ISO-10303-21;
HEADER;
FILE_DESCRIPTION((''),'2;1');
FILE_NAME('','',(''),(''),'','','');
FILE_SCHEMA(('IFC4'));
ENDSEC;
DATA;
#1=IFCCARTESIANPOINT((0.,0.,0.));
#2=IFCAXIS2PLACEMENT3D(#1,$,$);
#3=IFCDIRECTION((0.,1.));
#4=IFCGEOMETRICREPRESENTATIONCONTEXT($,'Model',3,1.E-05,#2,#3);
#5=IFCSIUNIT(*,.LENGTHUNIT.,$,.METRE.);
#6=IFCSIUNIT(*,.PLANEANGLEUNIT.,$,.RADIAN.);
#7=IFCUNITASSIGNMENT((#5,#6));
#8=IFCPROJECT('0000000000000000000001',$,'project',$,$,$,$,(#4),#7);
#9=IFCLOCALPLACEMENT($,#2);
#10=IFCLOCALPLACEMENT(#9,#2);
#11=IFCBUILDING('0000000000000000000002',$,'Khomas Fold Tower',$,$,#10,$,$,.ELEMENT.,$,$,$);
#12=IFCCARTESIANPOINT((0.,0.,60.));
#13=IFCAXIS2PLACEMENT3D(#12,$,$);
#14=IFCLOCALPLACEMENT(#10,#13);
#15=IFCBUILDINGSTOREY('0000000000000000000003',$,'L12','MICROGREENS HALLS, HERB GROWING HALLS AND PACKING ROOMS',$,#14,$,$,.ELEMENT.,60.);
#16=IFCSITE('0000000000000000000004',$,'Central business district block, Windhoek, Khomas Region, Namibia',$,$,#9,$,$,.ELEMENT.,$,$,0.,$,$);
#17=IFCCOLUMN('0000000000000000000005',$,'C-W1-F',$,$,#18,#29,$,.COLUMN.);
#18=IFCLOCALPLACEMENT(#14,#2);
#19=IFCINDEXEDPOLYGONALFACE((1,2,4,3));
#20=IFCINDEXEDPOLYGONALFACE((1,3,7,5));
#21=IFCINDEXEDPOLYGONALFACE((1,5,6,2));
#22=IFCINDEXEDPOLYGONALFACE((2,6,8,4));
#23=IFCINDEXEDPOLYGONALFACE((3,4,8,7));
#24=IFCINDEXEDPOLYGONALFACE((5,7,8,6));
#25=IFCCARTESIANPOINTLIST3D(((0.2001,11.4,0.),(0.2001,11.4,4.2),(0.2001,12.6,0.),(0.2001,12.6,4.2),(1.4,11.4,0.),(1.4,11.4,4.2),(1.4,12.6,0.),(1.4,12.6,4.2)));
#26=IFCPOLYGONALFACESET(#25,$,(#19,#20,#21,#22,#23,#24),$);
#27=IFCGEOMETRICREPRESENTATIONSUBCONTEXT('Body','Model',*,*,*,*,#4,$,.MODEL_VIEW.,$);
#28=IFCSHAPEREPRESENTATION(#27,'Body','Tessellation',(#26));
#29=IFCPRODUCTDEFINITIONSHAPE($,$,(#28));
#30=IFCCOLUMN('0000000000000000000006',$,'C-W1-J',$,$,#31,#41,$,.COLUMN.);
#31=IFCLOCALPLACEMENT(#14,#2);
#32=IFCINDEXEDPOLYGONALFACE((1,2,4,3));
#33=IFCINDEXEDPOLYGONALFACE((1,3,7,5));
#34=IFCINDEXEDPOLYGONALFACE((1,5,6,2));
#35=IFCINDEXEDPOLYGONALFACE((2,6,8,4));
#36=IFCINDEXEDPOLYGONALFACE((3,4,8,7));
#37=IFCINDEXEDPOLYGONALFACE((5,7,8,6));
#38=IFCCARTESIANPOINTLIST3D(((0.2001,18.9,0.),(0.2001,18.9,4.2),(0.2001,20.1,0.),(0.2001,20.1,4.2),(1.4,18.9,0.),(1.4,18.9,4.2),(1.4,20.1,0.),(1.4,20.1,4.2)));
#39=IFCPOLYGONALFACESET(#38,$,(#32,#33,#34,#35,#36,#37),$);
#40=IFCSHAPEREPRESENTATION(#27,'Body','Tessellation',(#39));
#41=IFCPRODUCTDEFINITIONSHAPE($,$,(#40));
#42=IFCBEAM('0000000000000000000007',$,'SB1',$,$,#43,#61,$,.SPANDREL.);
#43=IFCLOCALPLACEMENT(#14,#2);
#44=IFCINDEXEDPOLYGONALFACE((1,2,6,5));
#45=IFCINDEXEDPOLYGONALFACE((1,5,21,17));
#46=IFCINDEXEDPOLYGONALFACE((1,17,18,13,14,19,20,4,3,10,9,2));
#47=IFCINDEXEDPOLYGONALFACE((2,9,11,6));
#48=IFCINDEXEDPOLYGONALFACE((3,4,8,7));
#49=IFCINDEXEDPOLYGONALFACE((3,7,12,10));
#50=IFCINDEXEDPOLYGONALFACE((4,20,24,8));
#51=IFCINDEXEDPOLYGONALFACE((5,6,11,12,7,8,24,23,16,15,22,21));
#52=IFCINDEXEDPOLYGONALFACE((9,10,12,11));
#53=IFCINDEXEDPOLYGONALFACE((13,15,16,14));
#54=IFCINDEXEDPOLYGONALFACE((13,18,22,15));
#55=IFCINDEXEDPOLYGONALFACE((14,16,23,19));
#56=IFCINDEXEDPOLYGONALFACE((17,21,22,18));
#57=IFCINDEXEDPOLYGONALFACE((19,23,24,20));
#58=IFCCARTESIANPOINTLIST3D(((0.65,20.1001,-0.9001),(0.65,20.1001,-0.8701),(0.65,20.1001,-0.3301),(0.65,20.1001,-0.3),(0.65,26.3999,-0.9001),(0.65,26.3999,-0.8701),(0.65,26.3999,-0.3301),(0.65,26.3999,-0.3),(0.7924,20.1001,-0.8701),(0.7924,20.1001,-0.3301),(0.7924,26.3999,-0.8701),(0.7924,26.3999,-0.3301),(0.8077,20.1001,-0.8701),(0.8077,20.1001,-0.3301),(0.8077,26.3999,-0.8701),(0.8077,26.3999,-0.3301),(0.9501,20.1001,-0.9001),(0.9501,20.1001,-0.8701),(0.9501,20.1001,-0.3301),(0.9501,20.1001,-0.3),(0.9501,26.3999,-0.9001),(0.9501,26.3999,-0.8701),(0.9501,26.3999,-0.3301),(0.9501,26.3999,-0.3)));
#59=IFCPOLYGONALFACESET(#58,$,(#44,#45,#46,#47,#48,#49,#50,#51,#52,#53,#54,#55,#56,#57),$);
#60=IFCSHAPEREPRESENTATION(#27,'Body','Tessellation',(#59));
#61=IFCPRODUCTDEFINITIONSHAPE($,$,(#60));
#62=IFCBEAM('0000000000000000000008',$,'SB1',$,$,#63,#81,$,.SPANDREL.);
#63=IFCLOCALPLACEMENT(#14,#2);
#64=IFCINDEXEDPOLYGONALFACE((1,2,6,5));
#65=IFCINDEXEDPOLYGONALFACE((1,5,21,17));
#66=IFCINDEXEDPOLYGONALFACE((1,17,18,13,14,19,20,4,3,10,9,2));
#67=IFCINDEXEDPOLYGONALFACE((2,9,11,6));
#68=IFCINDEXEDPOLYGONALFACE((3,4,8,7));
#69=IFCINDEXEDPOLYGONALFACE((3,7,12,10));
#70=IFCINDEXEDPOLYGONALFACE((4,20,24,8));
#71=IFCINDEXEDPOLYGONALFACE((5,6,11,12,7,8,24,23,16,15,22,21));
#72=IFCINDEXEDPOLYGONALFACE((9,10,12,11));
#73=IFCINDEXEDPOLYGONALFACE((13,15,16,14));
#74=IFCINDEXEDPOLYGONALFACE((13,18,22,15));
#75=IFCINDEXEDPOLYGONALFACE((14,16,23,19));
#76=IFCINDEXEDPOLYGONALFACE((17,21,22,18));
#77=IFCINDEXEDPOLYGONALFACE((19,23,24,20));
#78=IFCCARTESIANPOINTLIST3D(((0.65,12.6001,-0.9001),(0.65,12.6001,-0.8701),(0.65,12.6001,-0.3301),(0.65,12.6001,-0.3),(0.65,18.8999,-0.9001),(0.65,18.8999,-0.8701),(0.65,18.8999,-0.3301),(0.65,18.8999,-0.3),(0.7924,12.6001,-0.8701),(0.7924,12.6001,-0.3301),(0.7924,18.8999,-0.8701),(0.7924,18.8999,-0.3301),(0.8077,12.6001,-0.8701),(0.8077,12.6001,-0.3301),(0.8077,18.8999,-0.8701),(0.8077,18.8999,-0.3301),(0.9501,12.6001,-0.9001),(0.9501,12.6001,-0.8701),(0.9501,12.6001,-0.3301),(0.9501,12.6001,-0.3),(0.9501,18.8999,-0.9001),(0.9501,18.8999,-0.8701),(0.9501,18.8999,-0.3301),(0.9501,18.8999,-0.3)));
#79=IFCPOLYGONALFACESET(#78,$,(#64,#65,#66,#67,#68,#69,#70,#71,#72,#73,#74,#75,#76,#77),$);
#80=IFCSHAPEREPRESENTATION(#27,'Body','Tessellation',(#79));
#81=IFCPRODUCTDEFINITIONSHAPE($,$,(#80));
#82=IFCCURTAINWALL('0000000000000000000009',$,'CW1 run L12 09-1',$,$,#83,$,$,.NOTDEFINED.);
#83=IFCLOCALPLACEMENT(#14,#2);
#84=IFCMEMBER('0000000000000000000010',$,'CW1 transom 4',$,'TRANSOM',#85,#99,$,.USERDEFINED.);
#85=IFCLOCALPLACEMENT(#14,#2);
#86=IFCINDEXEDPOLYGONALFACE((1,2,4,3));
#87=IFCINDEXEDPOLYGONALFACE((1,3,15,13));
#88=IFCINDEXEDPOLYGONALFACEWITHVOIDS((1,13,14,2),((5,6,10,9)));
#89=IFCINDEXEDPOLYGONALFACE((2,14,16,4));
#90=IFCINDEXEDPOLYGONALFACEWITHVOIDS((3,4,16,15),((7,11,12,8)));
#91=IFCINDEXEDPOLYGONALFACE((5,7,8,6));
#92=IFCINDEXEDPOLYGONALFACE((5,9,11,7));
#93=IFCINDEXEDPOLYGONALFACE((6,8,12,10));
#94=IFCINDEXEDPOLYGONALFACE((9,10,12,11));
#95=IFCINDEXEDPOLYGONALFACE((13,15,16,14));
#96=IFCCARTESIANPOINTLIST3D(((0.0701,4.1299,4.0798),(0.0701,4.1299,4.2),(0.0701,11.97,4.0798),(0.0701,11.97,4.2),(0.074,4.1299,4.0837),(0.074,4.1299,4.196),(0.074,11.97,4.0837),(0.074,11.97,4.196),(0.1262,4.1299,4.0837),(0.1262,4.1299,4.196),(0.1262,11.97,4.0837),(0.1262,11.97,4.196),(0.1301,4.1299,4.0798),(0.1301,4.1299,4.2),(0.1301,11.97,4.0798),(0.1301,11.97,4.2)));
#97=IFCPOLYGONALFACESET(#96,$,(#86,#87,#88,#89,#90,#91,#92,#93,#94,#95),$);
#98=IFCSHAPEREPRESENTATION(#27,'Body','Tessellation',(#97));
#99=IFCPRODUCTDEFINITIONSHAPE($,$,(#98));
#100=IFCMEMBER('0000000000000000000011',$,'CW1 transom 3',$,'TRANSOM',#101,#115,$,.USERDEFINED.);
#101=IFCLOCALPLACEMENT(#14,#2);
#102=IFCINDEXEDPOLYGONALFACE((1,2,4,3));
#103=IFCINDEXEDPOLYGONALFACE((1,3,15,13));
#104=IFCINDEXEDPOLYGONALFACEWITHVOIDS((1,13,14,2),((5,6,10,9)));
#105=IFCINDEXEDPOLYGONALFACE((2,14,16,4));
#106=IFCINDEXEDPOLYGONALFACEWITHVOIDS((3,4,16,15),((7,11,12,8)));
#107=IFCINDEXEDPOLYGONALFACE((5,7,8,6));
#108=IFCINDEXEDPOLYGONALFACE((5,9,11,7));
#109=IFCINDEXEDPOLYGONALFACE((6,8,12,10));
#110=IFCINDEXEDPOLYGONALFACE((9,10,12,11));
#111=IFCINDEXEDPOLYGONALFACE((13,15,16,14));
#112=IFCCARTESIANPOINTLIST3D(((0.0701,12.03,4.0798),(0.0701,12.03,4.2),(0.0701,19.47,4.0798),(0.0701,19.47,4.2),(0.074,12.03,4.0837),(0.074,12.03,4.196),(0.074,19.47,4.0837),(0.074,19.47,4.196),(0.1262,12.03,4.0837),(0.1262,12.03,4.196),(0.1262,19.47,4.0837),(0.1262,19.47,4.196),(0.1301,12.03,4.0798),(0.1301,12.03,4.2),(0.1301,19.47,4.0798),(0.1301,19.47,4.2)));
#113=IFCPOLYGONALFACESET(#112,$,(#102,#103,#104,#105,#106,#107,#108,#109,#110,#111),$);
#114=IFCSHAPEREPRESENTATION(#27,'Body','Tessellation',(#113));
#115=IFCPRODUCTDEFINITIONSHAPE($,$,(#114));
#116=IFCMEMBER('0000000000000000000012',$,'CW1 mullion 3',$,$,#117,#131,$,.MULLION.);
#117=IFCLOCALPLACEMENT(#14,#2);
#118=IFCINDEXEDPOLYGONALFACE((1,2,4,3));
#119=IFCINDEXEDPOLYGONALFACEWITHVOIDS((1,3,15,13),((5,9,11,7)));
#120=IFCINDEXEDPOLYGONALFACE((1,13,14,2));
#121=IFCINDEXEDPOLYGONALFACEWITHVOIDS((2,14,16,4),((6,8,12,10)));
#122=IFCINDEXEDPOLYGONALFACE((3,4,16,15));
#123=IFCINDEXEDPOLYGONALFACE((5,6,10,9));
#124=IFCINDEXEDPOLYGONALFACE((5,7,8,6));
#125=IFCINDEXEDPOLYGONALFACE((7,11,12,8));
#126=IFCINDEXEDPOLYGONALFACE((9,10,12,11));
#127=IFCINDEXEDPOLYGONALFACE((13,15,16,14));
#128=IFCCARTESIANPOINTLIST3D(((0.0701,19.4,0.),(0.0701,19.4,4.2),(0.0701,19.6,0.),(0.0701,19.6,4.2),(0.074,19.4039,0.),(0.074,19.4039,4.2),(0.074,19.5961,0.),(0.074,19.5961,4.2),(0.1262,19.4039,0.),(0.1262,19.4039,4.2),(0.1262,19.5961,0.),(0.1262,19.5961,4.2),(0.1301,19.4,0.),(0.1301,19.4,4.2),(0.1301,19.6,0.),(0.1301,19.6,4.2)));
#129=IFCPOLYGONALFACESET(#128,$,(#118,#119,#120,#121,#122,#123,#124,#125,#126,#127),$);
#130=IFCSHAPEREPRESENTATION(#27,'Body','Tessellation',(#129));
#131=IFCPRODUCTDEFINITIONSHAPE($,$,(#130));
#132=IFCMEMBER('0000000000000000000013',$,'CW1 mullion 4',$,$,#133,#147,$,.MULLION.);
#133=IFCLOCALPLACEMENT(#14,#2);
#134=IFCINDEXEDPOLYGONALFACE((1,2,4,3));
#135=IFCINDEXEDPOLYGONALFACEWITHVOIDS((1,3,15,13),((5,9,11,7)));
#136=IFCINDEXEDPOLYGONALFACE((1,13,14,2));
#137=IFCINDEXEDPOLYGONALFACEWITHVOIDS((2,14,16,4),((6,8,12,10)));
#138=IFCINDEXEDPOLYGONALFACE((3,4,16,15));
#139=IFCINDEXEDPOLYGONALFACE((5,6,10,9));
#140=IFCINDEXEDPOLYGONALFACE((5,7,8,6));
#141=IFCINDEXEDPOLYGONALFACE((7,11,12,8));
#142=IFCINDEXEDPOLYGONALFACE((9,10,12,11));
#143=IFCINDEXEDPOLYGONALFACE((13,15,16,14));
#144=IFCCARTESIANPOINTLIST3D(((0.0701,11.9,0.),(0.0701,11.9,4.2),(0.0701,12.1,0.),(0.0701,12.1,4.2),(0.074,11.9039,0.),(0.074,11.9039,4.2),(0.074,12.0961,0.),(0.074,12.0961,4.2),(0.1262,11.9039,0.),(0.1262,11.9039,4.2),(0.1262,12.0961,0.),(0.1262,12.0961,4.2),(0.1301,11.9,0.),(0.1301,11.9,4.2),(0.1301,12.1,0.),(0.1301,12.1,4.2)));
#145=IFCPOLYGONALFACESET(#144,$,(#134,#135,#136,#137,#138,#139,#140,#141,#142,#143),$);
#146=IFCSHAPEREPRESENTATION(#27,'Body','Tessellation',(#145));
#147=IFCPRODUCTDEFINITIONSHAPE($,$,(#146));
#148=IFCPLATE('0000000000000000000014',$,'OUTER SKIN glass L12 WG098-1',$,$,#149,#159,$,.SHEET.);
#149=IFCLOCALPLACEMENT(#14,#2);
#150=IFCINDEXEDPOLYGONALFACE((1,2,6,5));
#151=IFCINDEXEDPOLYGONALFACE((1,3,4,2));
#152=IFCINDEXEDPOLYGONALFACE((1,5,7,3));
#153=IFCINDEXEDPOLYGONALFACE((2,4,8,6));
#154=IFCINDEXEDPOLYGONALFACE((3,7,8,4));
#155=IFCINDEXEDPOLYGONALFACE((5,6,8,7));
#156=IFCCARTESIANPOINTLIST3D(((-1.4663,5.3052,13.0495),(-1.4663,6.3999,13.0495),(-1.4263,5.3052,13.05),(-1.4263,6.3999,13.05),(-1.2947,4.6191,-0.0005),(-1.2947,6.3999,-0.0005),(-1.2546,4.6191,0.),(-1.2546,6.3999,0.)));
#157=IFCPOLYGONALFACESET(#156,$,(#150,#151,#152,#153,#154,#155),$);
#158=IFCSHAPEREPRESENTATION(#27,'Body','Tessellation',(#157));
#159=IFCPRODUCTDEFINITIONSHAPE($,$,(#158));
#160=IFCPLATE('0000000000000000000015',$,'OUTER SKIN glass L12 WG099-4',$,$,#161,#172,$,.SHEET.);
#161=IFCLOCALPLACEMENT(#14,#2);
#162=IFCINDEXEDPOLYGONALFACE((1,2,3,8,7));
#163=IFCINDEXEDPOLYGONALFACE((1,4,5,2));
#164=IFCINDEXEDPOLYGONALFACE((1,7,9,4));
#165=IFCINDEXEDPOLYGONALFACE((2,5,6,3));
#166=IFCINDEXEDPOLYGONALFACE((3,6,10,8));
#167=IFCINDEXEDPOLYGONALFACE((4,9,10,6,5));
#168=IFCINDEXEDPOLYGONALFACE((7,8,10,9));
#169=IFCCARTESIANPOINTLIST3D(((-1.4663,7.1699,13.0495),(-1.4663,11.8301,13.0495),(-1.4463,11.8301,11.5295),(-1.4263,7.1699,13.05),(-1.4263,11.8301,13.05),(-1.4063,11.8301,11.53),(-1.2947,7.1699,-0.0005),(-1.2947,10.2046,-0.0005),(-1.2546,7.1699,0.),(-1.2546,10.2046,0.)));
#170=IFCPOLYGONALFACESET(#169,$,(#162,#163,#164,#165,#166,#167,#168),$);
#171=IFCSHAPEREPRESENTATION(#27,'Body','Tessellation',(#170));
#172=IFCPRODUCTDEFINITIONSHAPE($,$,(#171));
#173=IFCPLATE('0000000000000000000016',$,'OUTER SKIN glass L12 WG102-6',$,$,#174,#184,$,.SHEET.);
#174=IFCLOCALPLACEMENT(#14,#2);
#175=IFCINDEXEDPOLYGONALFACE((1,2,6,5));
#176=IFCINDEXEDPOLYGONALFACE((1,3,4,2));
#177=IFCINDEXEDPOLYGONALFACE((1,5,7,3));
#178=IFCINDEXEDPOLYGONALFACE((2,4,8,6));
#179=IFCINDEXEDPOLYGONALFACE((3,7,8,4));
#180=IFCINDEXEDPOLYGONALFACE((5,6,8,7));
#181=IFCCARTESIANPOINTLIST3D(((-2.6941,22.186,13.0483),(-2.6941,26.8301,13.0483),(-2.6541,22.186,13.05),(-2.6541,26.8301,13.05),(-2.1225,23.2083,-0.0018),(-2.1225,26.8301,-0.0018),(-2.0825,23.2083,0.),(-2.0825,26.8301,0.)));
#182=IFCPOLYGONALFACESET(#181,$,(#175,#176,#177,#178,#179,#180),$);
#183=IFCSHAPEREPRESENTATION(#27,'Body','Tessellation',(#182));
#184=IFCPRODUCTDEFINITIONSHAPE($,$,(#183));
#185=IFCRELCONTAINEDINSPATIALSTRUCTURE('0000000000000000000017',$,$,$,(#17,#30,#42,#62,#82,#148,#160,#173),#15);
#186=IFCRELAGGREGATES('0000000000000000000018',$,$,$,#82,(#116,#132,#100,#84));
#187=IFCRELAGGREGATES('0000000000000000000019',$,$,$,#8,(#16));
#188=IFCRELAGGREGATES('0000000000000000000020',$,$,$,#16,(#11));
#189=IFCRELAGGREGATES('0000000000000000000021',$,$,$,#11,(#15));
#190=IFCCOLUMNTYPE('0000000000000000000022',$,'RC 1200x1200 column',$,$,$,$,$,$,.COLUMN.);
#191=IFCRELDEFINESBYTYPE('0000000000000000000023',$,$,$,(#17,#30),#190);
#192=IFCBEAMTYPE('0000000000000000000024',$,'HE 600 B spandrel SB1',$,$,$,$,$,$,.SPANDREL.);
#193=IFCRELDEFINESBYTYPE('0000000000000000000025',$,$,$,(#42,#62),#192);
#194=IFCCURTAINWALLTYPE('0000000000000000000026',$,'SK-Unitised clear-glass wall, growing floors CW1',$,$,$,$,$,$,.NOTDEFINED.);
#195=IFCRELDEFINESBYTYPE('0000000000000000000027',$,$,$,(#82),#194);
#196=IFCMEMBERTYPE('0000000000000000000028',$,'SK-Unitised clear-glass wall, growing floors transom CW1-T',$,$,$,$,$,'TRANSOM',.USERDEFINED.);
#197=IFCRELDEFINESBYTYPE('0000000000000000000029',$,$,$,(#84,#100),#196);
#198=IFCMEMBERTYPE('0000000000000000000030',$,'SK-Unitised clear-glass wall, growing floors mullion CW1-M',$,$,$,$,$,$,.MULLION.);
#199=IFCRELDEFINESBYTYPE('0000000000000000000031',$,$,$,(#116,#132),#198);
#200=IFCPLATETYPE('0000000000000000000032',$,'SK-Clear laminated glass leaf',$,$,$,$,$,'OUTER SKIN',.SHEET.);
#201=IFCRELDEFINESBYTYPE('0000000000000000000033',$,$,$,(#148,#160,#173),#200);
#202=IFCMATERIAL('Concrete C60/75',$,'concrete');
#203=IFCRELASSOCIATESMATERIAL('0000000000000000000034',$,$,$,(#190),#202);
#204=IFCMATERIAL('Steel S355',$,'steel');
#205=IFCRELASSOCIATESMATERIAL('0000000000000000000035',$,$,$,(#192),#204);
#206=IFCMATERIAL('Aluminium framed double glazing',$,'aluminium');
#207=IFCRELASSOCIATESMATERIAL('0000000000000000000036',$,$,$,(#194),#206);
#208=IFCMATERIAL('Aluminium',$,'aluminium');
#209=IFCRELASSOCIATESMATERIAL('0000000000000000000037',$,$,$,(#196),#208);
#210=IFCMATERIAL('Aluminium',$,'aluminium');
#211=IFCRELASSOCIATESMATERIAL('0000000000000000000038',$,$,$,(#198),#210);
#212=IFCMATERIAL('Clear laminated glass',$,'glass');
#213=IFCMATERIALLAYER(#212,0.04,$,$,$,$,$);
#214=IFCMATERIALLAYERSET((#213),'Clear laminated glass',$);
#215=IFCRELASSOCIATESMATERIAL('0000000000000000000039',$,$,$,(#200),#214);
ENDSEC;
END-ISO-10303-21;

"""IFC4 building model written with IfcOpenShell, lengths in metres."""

from ifc_helpers import new_model, si_unit, direction, frame, origin, origin_2d, place, context, subcontext, project, spatial, polyline, rectangle, hollow_rectangle, i_section, outline, extrude, source, transform, mapped, material, layer, layer_set, material_profile, profile_set, type_object, element, aggregate, save


model = new_model("IFC4")

# Units and contexts
model_context = context("Model", 3, precision=1e-05, world=origin(), true_north=direction((0.0, 1.0)))
body_context = subcontext(model_context, "Body", "Model", "MODEL_VIEW")
ifc_project = project(units=[si_unit("LENGTHUNIT", "METRE"), si_unit("PLANEANGLEUNIT", "RADIAN")], contexts=[model_context])

# Site, building, storey
site_placement = place(None, origin())
site = spatial("IfcSite", under=ifc_project, at=site_placement, Name="Central business district block, Windhoek, Khomas Region, Namibia", CompositionType="ELEMENT", RefElevation=0.0)
building_placement = place(site_placement, origin())
building = spatial("IfcBuilding", under=site, at=building_placement, Name="Khomas Fold Tower", CompositionType="ELEMENT")
storey_placement = place(building_placement, frame((0.0, 0.0, 60.0)))
storey = spatial("IfcBuildingStorey", under=building, at=storey_placement, Name="L12", Description="MICROGREENS HALLS, HERB GROWING HALLS AND PACKING ROOMS", CompositionType="ELEMENT", Elevation=60.0)

# Columns
ifc_material_1 = material(Name="Concrete C60/75", Category="concrete")
ifc_material_profile_1 = material_profile(ifc_material_1, rectangle(XDim=1.2, YDim=1.2, at=origin_2d()), Name="RC 1200x1200")
ifc_profile_set_1 = profile_set([ifc_material_profile_1], Name="Concrete C60/75")
column_type = type_object("IfcColumnType", Name="RC 1200x1200 column", PredefinedType="COLUMN", material=ifc_profile_set_1)
shared_shape_1 = source(origin(), body_context, "Body", "SweptSolid", [
    extrude(rectangle(XDim=1.2, YDim=1.2, at=origin_2d()), origin(), (0.0, 0.0, 1.0), 4.2),
])
for number, where, z_axis, x_axis, name in (
    (1, (0.8, 12.0, 0.0), (0.0, 0.0, 1.0), (1.0, 0.0, 0.0), "C-W1-F"),
    (2, (0.8, 19.5, 0.0), (0.0, 0.0, 1.0), (1.0, 0.0, 0.0), "C-W1-J"),
):
    element("IfcColumn", number, at=place(storey_placement, frame(where, z_axis=z_axis, x_axis=x_axis)), inside=storey, type_object=column_type, Name=name, PredefinedType="COLUMN", context=body_context, shape_type="MappedRepresentation", body=[
        mapped(shared_shape_1, transform((0.0, 0.0, 0.0))),
    ])

# Beams
ifc_material_2 = material(Name="Steel S355", Category="steel")
ifc_material_profile_2 = material_profile(ifc_material_2, i_section(OverallWidth=0.3, OverallDepth=0.6001, WebThickness=0.0154, FlangeThickness=0.03, at=origin_2d()), Name="HE 600 B")
ifc_profile_set_2 = profile_set([ifc_material_profile_2], Name="Steel S355")
beam_type = type_object("IfcBeamType", Name="HE 600 B spandrel SB1", PredefinedType="SPANDREL", material=ifc_profile_set_2)
shared_shape_2 = source(origin(), body_context, "Body", "SweptSolid", [
    extrude(i_section(OverallWidth=0.3, OverallDepth=0.6001, WebThickness=0.0154, FlangeThickness=0.03, at=origin_2d()), origin(), (0.0, 0.0, 1.0), 6.2998),
])
for number, where, z_axis, x_axis, name in (
    (3, (0.8, 20.1001, -0.6001), (0.0, 1.0, 0.0), (-1.0, 0.0, 0.0), "SB1"),
    (4, (0.8, 12.6001, -0.6001), (0.0, 1.0, 0.0), (-1.0, 0.0, 0.0), "SB1"),
):
    element("IfcBeam", number, at=place(storey_placement, frame(where, z_axis=z_axis, x_axis=x_axis)), inside=storey, type_object=beam_type, Name=name, PredefinedType="SPANDREL", context=body_context, shape_type="MappedRepresentation", body=[
        mapped(shared_shape_2, transform((0.0, 0.0, 0.0))),
    ])

# Curtain wall, members
ifc_material_3 = material(Name="Aluminium framed double glazing", Category="aluminium")
curtain_wall_type = type_object("IfcCurtainWallType", Name="SK-Unitised clear-glass wall, growing floors CW1", PredefinedType="NOTDEFINED", material=ifc_material_3)
curtain_wall_placement = place(storey_placement, origin())
curtain_wall = element("IfcCurtainWall", 5, at=curtain_wall_placement, inside=storey, type_object=curtain_wall_type, Name="CW1 run L12 09-1", PredefinedType="NOTDEFINED")
ifc_material_4 = material(Name="Aluminium", Category="aluminium")
ifc_material_profile_3 = material_profile(ifc_material_4, hollow_rectangle(XDim=0.0601, YDim=0.1201, WallThickness=0.0039, at=origin_2d()), Name="SK-Unitised clear-glass wall, growing floors transom CW1-T")
ifc_profile_set_3 = profile_set([ifc_material_profile_3], Name="Aluminium")
member_type_1 = type_object("IfcMemberType", Name="SK-Unitised clear-glass wall, growing floors transom CW1-T", ElementType="TRANSOM", PredefinedType="USERDEFINED", material=ifc_profile_set_3)
shared_shape_3 = source(origin(), body_context, "Body", "SweptSolid", [
    extrude(hollow_rectangle(XDim=0.0601, YDim=0.1201, WallThickness=0.0039, at=origin_2d()), origin(), (0.0, 0.0, 1.0), 7.8401),
])
member_1_placement = place(storey_placement, frame((0.1001, 11.97, 4.1399), z_axis=(0.0, -1.0, 0.0), x_axis=(1.0, 0.0, 0.0)))
member_1 = element("IfcMember", 6, at=member_1_placement, type_object=member_type_1, Name="CW1 transom 4", ObjectType="TRANSOM", PredefinedType="USERDEFINED", context=body_context, shape_type="MappedRepresentation", body=[
    mapped(shared_shape_3, transform((0.0, 0.0, 0.0))),
])
shared_shape_4 = source(origin(), body_context, "Body", "SweptSolid", [
    extrude(hollow_rectangle(XDim=0.0601, YDim=0.1201, WallThickness=0.0039, at=origin_2d()), origin(), (0.0, 0.0, 1.0), 7.4399),
])
member_2_placement = place(storey_placement, frame((0.1001, 19.47, 4.1399), z_axis=(0.0, -1.0, 0.0), x_axis=(1.0, 0.0, 0.0)))
member_2 = element("IfcMember", 7, at=member_2_placement, type_object=member_type_1, Name="CW1 transom 3", ObjectType="TRANSOM", PredefinedType="USERDEFINED", context=body_context, shape_type="MappedRepresentation", body=[
    mapped(shared_shape_4, transform((0.0, 0.0, 0.0))),
])
ifc_material_5 = material(Name="Aluminium", Category="aluminium")
ifc_material_profile_4 = material_profile(ifc_material_5, hollow_rectangle(XDim=0.0601, YDim=0.2, WallThickness=0.0039, at=origin_2d()), Name="SK-Unitised clear-glass wall, growing floors mullion CW1-M")
ifc_profile_set_4 = profile_set([ifc_material_profile_4], Name="Aluminium")
member_type_2 = type_object("IfcMemberType", Name="SK-Unitised clear-glass wall, growing floors mullion CW1-M", PredefinedType="MULLION", material=ifc_profile_set_4)
shared_shape_5 = source(origin(), body_context, "Body", "SweptSolid", [
    extrude(hollow_rectangle(XDim=0.0601, YDim=0.2, WallThickness=0.0039, at=origin_2d()), origin(), (0.0, 0.0, 1.0), 4.2),
])
member_3_placement = place(storey_placement, frame((0.1001, 19.5, 0.0), z_axis=(0.0, 0.0, 1.0), x_axis=(1.0, 0.0, 0.0)))
member_3 = element("IfcMember", 8, at=member_3_placement, type_object=member_type_2, Name="CW1 mullion 3", PredefinedType="MULLION", context=body_context, shape_type="MappedRepresentation", body=[
    mapped(shared_shape_5, transform((0.0, 0.0, 0.0))),
])
member_4_placement = place(storey_placement, frame((0.1001, 12.0, 0.0), z_axis=(0.0, 0.0, 1.0), x_axis=(1.0, 0.0, 0.0)))
member_4 = element("IfcMember", 9, at=member_4_placement, type_object=member_type_2, Name="CW1 mullion 4", PredefinedType="MULLION", context=body_context, shape_type="MappedRepresentation", body=[
    mapped(shared_shape_5, transform((0.0, 0.0, 0.0))),
])

# Plates
ifc_material_6 = material(Name="Clear laminated glass", Category="glass")
ifc_layer_1 = layer(ifc_material_6, 0.04)
ifc_layer_set_1 = layer_set([ifc_layer_1], Name="Clear laminated glass")
plate_type_1 = type_object("IfcPlateType", Name="SK-Clear laminated glass leaf", ElementType="OUTER SKIN", PredefinedType="SHEET", material=ifc_layer_set_1)
plate_1_placement = place(storey_placement, frame((-1.2546, 6.3999, 0.0), z_axis=(0.999914, 0.0, 0.013151), x_axis=(0.0, -1.0, 0.0)))
element("IfcPlate", 10, at=plate_1_placement, inside=storey, type_object=plate_type_1, Name="OUTER SKIN glass L12 WG098-1", PredefinedType="SHEET", context=body_context, shape_type="SweptSolid", body=[
    extrude(outline(polyline([(0.0, 0.0), (1.7808, 0.0), (1.0947, -13.0512), (0.0, -13.0512), (0.0, 0.0)])), origin(), (0.0, 0.0, -1.0), 0.04),
])
plate_2_placement = place(storey_placement, frame((-1.2546, 10.2046, 0.0), z_axis=(0.999914, -0.000004, 0.013151), x_axis=(-0.000004, -1.0, 0.0)))
element("IfcPlate", 11, at=plate_2_placement, inside=storey, type_object=plate_type_1, Name="OUTER SKIN glass L12 WG099-4", PredefinedType="SHEET", context=body_context, shape_type="SweptSolid", body=[
    extrude(outline(polyline([(0.0, 0.0), (3.0347, 0.0), (3.0347, -13.0512), (-1.6255, -13.0512), (-1.6255, -11.531), (0.0, 0.0)])), origin(), (0.0, 0.0, -1.0), 0.04),
])
plate_3_placement = place(storey_placement, frame((-2.0825, 23.2083, 0.0), z_axis=(0.999042, 0.0, 0.043754), x_axis=(-0.04362, -0.078017, 0.995997)))
element("IfcPlate", 12, at=plate_3_placement, inside=storey, type_object=plate_type_1, Name="OUTER SKIN glass L12 WG102-6", PredefinedType="SHEET", context=body_context, shape_type="SweptSolid", body=[
    extrude(outline(polyline([(0.0, 0.0), (13.1025, 0.0), (12.7402, -4.6299), (-0.2826, -3.6108), (0.0, 0.0)])), origin(), (0.0, 0.0, -1.0), 0.04),
])

aggregate(curtain_wall, [member_3, member_4, member_2, member_1])

save(model, "model.ifc")
